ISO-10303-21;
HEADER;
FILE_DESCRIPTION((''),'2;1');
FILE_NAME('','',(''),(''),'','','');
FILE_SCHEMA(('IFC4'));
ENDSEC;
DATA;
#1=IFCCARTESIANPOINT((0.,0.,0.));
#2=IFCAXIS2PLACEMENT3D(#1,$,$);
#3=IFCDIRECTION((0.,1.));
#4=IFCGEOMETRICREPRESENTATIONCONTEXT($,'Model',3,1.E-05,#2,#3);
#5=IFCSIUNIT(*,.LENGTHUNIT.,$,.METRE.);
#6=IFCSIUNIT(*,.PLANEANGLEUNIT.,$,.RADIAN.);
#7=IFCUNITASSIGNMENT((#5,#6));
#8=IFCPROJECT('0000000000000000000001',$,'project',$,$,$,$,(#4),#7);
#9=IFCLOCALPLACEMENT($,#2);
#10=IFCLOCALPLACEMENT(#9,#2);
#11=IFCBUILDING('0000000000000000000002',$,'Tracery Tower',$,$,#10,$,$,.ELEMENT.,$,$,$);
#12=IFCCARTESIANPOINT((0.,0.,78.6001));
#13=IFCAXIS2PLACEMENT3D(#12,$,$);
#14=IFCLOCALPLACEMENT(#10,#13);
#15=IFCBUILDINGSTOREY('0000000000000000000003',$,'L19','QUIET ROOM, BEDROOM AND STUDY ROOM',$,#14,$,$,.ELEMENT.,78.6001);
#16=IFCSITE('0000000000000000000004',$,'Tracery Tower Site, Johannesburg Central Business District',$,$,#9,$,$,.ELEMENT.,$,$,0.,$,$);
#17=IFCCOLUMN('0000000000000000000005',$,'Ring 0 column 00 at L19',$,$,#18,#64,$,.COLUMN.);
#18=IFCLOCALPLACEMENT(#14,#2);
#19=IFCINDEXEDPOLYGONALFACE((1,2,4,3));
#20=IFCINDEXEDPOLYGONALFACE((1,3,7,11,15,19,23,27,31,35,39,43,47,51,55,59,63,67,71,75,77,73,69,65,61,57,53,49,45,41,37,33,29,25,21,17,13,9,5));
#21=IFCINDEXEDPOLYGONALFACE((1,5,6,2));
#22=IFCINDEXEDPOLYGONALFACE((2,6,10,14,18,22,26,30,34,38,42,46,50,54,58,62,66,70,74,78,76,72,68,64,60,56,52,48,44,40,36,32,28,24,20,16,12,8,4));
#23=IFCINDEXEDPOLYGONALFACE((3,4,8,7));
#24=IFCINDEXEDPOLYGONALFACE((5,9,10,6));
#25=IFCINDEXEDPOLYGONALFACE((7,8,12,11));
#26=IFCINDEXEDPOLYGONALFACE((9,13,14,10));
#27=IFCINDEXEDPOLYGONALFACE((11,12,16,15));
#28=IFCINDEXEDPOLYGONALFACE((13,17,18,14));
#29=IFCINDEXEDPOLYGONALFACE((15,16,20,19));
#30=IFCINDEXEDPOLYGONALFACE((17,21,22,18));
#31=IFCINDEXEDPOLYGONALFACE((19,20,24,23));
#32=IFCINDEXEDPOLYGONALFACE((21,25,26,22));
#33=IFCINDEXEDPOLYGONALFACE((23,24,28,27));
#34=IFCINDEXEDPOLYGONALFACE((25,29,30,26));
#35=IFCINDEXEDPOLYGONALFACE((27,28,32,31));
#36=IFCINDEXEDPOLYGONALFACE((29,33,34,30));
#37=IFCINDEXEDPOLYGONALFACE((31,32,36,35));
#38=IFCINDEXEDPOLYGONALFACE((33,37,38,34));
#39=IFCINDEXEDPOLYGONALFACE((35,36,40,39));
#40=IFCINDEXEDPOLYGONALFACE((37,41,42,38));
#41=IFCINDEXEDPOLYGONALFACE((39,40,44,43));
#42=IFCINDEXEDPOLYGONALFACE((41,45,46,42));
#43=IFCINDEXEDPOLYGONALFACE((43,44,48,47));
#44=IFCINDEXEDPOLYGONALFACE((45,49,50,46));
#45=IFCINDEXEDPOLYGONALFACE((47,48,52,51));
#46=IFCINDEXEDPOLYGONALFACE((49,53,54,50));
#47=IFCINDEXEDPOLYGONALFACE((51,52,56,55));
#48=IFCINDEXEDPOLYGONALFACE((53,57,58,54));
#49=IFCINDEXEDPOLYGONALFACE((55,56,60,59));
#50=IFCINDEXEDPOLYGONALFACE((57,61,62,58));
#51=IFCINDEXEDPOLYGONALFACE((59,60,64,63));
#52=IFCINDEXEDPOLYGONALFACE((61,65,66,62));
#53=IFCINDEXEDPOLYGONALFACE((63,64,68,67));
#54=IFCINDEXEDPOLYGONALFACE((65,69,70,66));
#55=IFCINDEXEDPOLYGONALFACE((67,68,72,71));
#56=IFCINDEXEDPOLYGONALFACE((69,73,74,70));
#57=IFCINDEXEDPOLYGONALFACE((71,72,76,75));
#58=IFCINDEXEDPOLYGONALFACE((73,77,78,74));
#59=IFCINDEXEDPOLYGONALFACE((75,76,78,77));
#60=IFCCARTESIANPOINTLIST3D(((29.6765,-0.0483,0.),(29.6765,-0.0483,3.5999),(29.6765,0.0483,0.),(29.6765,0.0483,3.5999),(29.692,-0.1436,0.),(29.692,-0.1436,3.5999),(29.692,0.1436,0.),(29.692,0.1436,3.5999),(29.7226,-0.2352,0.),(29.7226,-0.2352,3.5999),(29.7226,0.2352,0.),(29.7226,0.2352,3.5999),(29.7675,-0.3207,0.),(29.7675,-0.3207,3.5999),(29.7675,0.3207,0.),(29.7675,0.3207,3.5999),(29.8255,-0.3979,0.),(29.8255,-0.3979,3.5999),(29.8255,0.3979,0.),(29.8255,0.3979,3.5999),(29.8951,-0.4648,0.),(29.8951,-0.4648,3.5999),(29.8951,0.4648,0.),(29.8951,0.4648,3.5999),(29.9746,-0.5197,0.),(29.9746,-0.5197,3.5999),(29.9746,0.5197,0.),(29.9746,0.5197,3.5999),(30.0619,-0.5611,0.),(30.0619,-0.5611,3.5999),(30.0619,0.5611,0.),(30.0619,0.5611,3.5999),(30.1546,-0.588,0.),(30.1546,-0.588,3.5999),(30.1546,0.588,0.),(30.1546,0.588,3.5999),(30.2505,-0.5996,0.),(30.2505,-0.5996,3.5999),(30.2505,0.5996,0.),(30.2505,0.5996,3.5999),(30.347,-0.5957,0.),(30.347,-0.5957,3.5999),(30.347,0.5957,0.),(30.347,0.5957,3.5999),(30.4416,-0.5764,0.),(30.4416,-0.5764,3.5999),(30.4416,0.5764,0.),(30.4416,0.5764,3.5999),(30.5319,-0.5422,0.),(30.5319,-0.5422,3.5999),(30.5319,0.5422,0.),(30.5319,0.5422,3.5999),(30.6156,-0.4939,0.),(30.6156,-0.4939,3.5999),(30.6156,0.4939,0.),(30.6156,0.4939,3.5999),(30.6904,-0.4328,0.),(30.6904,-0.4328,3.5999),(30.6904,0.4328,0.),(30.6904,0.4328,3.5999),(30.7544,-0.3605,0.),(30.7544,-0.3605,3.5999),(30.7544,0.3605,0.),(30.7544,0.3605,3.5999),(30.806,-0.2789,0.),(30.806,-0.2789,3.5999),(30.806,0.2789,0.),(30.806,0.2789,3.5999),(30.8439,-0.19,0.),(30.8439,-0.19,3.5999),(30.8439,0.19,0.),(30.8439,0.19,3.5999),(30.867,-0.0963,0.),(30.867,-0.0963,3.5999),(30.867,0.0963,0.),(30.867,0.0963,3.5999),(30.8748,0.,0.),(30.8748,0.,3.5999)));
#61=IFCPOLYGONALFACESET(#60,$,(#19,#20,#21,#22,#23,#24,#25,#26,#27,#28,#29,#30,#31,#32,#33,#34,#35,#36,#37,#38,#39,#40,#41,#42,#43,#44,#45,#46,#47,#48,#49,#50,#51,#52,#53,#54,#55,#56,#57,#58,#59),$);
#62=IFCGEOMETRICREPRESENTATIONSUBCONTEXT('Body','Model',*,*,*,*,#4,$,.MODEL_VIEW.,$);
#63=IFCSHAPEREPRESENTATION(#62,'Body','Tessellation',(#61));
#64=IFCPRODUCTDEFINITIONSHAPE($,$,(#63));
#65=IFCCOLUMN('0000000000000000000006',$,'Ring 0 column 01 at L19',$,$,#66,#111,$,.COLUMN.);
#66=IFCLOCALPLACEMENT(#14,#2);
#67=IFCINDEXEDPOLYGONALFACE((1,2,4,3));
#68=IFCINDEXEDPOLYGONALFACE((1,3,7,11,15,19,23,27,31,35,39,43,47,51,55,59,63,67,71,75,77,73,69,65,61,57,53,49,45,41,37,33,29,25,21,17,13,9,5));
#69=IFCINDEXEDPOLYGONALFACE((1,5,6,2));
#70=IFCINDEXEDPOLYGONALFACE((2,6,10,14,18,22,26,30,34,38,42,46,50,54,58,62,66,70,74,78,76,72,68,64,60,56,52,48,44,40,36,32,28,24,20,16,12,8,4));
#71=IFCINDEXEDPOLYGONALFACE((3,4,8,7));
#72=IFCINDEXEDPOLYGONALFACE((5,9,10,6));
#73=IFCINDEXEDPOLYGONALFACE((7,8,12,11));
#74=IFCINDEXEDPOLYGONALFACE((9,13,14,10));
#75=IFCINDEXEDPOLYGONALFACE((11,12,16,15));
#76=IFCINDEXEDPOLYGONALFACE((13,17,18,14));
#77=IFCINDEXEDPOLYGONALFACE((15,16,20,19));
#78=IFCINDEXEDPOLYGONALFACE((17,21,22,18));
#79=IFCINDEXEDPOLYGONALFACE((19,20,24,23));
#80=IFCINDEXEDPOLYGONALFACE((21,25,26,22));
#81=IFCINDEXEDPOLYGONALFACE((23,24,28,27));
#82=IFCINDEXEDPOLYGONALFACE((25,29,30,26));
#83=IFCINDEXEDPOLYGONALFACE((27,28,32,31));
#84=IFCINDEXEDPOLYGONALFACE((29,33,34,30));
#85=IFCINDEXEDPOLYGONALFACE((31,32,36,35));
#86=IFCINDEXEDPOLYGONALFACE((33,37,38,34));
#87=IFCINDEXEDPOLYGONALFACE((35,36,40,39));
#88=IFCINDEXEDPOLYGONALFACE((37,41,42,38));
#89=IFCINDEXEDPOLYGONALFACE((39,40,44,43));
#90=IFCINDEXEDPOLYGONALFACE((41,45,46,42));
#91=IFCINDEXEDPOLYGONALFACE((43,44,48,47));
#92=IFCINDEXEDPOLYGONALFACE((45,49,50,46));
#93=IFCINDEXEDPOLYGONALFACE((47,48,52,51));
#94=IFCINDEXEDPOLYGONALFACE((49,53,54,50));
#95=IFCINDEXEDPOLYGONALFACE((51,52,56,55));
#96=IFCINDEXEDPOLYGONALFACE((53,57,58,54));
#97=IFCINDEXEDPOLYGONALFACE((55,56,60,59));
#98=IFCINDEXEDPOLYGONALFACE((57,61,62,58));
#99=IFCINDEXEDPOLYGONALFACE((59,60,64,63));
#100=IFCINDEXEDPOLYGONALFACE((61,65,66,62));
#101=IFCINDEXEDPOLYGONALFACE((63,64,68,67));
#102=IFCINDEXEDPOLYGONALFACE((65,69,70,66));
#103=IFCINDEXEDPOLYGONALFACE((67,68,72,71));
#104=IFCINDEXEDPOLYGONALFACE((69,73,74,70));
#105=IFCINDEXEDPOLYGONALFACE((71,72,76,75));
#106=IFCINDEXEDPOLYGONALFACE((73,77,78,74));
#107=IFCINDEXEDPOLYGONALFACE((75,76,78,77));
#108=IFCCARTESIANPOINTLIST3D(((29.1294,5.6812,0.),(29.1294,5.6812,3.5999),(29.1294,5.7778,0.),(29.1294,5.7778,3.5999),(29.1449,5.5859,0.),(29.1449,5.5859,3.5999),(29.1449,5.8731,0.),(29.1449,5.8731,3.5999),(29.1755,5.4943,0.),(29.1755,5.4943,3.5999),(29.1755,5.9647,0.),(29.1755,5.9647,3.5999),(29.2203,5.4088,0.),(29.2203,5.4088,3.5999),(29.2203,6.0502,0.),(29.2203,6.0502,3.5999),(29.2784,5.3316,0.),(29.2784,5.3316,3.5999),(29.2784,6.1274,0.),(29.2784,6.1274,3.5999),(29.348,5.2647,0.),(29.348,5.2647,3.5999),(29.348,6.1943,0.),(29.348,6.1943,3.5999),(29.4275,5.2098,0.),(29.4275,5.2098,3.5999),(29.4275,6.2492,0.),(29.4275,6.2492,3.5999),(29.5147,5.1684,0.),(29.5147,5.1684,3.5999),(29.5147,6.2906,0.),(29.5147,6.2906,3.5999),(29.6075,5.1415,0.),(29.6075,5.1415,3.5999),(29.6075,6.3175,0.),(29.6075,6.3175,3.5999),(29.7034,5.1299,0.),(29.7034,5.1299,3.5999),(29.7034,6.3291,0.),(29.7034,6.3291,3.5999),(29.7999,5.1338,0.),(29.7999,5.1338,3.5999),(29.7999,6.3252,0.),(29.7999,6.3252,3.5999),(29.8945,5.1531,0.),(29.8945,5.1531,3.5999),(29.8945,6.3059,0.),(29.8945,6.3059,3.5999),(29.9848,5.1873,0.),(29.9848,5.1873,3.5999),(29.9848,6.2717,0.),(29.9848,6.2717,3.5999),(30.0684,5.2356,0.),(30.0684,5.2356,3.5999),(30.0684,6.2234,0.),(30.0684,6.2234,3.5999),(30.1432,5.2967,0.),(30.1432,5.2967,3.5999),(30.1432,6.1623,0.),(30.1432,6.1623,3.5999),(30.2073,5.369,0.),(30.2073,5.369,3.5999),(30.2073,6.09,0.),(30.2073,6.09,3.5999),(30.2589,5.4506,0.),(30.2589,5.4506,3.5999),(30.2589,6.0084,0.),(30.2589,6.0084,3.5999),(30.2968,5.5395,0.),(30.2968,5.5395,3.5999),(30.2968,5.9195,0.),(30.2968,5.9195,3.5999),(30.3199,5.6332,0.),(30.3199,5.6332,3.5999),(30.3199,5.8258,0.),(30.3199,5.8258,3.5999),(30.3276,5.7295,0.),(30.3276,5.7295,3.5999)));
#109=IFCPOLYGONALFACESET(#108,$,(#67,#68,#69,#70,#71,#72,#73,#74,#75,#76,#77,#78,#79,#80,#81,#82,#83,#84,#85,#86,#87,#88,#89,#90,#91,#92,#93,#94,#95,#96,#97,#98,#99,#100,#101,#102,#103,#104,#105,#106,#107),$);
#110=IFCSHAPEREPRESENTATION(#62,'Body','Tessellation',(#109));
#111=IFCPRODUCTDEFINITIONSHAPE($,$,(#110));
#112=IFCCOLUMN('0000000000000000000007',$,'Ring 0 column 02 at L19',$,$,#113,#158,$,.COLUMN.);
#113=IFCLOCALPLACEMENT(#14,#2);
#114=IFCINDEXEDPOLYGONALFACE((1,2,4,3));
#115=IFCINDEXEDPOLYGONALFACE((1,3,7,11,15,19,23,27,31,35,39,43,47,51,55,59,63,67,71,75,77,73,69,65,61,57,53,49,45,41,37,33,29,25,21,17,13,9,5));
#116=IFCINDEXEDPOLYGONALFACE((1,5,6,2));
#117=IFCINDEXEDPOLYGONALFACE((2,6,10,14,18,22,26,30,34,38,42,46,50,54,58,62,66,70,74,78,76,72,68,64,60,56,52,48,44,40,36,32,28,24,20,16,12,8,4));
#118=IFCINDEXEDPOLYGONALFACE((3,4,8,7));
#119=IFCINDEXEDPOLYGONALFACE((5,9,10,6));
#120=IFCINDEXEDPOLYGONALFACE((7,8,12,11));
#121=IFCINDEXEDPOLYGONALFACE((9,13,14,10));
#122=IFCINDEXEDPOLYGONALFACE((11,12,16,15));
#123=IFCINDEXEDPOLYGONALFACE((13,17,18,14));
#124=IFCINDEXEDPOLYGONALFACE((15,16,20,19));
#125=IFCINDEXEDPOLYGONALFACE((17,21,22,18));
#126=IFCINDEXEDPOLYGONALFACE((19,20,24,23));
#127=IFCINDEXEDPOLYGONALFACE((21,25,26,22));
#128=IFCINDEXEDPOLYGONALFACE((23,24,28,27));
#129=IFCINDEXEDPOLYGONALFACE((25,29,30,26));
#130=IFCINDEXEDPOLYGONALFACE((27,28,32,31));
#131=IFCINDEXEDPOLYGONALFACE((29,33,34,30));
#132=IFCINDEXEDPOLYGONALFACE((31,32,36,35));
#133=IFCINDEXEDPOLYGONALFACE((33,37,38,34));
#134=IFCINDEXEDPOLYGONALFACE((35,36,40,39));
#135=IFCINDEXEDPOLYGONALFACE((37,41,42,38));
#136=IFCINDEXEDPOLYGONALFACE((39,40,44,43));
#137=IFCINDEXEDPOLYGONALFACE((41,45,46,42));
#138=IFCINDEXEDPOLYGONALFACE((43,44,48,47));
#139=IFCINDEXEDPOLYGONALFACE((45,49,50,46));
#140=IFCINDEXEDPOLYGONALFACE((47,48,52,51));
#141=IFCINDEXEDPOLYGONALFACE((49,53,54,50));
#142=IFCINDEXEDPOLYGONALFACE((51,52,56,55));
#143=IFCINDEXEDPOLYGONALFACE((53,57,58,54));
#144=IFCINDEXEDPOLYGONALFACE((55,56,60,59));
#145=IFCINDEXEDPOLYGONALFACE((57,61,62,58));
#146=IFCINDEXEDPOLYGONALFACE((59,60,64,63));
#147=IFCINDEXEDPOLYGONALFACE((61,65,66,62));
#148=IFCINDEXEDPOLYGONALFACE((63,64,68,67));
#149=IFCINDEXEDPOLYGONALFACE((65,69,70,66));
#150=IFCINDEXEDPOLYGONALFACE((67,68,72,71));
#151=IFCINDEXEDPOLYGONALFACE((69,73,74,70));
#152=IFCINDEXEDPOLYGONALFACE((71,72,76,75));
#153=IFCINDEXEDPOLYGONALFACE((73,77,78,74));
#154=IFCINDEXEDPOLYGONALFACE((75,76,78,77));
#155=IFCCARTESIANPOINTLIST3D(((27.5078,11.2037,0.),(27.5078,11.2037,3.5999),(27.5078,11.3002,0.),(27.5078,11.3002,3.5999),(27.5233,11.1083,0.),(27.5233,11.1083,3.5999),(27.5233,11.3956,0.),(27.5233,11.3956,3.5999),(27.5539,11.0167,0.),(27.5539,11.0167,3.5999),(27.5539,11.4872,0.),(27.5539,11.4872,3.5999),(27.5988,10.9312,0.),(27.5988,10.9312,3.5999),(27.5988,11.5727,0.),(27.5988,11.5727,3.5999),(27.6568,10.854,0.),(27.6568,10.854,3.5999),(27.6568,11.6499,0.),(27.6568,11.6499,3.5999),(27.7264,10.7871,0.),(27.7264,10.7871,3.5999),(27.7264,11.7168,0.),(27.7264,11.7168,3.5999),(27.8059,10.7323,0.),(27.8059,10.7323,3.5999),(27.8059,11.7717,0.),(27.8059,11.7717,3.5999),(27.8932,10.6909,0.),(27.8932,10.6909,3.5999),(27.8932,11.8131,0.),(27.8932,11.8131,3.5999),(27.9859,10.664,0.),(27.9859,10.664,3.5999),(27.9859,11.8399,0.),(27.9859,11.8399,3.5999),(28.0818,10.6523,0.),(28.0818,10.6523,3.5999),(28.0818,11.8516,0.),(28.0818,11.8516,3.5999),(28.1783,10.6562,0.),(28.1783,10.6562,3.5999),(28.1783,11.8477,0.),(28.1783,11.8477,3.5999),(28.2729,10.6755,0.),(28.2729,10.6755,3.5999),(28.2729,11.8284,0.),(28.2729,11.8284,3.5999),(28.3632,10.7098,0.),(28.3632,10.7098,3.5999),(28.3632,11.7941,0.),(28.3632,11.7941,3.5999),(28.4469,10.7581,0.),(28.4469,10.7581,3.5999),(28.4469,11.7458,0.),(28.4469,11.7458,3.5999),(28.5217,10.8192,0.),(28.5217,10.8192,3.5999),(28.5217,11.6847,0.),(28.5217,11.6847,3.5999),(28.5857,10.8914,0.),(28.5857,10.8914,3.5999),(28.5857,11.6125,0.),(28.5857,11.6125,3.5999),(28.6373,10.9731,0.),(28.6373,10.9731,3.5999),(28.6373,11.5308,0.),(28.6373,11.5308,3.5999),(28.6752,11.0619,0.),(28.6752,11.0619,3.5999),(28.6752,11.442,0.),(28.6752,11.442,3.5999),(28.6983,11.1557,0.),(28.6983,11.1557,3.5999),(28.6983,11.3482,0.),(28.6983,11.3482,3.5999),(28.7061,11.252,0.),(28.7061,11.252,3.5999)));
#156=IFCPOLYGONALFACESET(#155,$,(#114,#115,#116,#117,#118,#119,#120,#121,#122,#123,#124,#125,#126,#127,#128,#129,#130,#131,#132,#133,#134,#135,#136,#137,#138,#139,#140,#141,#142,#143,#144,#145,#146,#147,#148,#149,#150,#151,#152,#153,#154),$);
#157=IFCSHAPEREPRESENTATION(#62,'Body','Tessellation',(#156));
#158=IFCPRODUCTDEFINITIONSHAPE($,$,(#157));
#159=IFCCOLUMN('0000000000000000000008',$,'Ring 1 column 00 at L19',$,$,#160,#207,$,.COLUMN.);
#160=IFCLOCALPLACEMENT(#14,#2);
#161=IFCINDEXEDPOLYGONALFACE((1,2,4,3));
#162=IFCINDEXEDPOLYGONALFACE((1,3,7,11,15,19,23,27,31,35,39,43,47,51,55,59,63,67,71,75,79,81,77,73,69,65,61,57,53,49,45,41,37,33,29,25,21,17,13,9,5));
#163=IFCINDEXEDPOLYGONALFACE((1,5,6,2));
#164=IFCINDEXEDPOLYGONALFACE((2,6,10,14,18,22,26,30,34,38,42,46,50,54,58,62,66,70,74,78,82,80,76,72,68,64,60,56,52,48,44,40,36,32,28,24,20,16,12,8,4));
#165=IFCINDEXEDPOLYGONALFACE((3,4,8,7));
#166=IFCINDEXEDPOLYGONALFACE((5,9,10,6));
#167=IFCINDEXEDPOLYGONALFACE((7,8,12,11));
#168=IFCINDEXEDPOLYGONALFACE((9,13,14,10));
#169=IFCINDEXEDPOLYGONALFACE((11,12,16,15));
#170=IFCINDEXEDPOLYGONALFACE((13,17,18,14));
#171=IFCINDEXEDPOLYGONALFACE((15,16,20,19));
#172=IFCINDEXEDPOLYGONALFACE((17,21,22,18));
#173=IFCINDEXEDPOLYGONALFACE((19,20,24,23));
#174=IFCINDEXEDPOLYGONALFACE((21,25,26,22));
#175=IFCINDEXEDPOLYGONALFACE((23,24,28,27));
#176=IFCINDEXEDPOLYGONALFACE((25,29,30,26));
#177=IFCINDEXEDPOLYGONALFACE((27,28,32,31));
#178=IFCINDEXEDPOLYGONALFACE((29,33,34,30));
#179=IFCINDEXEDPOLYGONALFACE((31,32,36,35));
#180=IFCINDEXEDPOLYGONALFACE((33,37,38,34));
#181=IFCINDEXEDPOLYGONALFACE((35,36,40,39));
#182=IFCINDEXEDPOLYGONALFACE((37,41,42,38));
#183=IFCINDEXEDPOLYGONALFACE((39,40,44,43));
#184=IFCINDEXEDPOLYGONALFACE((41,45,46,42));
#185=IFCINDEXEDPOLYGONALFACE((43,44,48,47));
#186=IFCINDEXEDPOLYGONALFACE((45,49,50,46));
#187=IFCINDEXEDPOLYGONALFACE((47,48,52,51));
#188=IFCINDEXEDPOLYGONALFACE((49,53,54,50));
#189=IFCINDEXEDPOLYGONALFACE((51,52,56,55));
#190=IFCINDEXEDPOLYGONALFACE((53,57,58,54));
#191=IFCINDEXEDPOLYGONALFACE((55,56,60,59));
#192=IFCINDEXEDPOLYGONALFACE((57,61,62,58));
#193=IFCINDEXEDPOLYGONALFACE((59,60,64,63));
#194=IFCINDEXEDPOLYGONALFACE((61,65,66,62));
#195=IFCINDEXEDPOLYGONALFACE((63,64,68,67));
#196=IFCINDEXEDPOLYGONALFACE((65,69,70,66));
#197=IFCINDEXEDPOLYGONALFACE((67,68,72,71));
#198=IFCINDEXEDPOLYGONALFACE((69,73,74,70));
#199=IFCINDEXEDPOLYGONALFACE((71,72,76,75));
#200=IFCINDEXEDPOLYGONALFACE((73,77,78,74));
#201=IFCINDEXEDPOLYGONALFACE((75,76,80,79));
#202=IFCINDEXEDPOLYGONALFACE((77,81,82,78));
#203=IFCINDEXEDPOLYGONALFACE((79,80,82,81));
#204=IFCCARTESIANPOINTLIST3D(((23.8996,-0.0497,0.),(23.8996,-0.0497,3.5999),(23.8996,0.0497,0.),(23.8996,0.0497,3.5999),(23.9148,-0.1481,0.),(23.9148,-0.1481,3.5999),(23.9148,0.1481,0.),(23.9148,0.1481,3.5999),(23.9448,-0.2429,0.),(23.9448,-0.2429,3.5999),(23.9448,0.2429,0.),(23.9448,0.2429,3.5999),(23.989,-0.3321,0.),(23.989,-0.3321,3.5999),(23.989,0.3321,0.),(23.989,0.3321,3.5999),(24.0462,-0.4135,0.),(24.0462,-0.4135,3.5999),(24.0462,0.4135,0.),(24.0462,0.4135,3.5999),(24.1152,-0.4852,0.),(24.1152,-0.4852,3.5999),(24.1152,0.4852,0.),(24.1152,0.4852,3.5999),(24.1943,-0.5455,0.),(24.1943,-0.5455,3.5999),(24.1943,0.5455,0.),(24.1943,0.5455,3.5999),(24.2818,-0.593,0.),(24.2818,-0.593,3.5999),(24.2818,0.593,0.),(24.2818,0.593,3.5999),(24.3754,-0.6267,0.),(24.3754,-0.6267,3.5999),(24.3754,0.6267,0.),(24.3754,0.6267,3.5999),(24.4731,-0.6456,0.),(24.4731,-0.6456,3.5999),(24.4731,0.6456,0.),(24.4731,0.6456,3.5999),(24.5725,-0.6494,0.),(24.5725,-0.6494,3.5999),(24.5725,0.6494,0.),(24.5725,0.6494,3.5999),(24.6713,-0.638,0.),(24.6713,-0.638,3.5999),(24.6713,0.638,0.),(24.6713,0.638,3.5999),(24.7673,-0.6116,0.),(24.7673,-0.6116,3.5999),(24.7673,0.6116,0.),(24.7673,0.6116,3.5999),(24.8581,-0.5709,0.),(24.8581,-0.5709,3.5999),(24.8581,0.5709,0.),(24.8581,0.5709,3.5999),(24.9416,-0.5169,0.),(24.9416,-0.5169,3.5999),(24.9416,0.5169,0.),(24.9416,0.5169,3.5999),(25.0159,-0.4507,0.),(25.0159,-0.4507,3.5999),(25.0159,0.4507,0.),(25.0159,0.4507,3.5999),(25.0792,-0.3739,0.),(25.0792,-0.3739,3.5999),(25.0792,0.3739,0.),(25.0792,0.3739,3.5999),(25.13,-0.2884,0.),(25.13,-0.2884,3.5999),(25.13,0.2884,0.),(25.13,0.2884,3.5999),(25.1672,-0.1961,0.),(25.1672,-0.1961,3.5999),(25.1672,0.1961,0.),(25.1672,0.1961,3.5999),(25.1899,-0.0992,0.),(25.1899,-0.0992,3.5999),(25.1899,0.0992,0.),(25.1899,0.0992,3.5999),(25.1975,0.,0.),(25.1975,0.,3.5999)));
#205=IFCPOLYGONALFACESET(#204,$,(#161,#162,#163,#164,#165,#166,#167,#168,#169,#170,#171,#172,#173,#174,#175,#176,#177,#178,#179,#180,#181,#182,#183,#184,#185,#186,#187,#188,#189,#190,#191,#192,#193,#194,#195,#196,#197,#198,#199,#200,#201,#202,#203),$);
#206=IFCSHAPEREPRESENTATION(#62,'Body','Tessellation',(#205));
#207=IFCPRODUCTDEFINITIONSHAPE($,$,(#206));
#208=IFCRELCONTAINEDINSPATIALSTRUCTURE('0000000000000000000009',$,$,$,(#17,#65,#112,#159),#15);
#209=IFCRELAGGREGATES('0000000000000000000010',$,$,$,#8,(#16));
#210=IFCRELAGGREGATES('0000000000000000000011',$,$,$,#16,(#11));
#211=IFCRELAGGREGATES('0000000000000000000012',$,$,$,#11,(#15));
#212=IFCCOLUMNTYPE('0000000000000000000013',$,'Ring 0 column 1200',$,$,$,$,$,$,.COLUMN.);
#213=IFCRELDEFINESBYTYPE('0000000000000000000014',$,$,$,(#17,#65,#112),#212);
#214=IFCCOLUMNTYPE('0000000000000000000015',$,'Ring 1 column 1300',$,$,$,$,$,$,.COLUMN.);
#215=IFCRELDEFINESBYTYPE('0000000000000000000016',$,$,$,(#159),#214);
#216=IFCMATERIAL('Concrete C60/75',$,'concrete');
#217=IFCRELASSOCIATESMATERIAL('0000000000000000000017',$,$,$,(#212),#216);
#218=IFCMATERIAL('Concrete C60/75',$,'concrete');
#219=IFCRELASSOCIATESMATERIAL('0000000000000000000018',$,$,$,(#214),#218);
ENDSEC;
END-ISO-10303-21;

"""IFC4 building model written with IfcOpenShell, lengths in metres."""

from ifc_helpers import new_model, si_unit, direction, frame, origin, origin_2d, place, context, subcontext, project, spatial, circle, extrude, material, material_profile, profile_set, type_object, element, save


model = new_model("IFC4")

# Units and contexts
model_context = context("Model", 3, precision=1e-05, world=origin(), true_north=direction((0.0, 1.0)))
body_context = subcontext(model_context, "Body", "Model", "MODEL_VIEW")
ifc_project = project(units=[si_unit("LENGTHUNIT", "METRE"), si_unit("PLANEANGLEUNIT", "RADIAN")], contexts=[model_context])

# Site, building, storey
site_placement = place(None, origin())
site = spatial("IfcSite", under=ifc_project, at=site_placement, Name="Tracery Tower Site, Johannesburg Central Business District", CompositionType="ELEMENT", RefElevation=0.0)
building_placement = place(site_placement, origin())
building = spatial("IfcBuilding", under=site, at=building_placement, Name="Tracery Tower", CompositionType="ELEMENT")
storey_placement = place(building_placement, frame((0.0, 0.0, 78.6001)))
storey = spatial("IfcBuildingStorey", under=building, at=storey_placement, Name="L19", Description="QUIET ROOM, BEDROOM AND STUDY ROOM", CompositionType="ELEMENT", Elevation=78.6001)

# Columns
ifc_material_1 = material(Name="Concrete C60/75", Category="concrete")
ifc_material_profile_1 = material_profile(ifc_material_1, circle(Radius=0.6001, at=origin_2d()), Name="RC D1200")
ifc_profile_set_1 = profile_set([ifc_material_profile_1], Name="Concrete C60/75")
column_type_1 = type_object("IfcColumnType", Name="Ring 0 column 1200", PredefinedType="COLUMN", material=ifc_profile_set_1)
for number, where, z_axis, x_axis, name in (
    (1, (30.2747, 0.0, 0.0), (0.0, 0.0, 1.0), (1.0, 0.0, 0.0), "Ring 0 column 00 at L19"),
    (2, (29.7275, 5.7295, 0.0), (0.0, 0.0, 1.0), (1.0, 0.0, 0.0), "Ring 0 column 01 at L19"),
    (3, (28.106, 11.252, 0.0), (0.0, 0.0, 1.0), (1.0, 0.0, 0.0), "Ring 0 column 02 at L19"),
):
    element("IfcColumn", number, at=place(storey_placement, frame(where, z_axis=z_axis, x_axis=x_axis)), inside=storey, type_object=column_type_1, Name=name, PredefinedType="COLUMN", context=body_context, shape_type="SweptSolid", body=[
        extrude(circle(Radius=0.6001, at=origin_2d()), origin(), (0.0, 0.0, 1.0), 3.5999),
    ])
ifc_material_2 = material(Name="Concrete C60/75", Category="concrete")
ifc_material_profile_2 = material_profile(ifc_material_2, circle(Radius=0.6499, at=origin_2d()), Name="RC D1300")
ifc_profile_set_2 = profile_set([ifc_material_profile_2], Name="Concrete C60/75")
column_type_2 = type_object("IfcColumnType", Name="Ring 1 column 1300", PredefinedType="COLUMN", material=ifc_profile_set_2)
for number, where, z_axis, x_axis, name in (
    (4, (24.5476, 0.0, 0.0), (0.0, 0.0, 1.0), (1.0, 0.0, 0.0), "Ring 1 column 00 at L19"),
):
    element("IfcColumn", number, at=place(storey_placement, frame(where, z_axis=z_axis, x_axis=x_axis)), inside=storey, type_object=column_type_2, Name=name, PredefinedType="COLUMN", context=body_context, shape_type="SweptSolid", body=[
        extrude(circle(Radius=0.6499, at=origin_2d()), origin(), (0.0, 0.0, 1.0), 3.5999),
    ])

save(model, "model.ifc")
